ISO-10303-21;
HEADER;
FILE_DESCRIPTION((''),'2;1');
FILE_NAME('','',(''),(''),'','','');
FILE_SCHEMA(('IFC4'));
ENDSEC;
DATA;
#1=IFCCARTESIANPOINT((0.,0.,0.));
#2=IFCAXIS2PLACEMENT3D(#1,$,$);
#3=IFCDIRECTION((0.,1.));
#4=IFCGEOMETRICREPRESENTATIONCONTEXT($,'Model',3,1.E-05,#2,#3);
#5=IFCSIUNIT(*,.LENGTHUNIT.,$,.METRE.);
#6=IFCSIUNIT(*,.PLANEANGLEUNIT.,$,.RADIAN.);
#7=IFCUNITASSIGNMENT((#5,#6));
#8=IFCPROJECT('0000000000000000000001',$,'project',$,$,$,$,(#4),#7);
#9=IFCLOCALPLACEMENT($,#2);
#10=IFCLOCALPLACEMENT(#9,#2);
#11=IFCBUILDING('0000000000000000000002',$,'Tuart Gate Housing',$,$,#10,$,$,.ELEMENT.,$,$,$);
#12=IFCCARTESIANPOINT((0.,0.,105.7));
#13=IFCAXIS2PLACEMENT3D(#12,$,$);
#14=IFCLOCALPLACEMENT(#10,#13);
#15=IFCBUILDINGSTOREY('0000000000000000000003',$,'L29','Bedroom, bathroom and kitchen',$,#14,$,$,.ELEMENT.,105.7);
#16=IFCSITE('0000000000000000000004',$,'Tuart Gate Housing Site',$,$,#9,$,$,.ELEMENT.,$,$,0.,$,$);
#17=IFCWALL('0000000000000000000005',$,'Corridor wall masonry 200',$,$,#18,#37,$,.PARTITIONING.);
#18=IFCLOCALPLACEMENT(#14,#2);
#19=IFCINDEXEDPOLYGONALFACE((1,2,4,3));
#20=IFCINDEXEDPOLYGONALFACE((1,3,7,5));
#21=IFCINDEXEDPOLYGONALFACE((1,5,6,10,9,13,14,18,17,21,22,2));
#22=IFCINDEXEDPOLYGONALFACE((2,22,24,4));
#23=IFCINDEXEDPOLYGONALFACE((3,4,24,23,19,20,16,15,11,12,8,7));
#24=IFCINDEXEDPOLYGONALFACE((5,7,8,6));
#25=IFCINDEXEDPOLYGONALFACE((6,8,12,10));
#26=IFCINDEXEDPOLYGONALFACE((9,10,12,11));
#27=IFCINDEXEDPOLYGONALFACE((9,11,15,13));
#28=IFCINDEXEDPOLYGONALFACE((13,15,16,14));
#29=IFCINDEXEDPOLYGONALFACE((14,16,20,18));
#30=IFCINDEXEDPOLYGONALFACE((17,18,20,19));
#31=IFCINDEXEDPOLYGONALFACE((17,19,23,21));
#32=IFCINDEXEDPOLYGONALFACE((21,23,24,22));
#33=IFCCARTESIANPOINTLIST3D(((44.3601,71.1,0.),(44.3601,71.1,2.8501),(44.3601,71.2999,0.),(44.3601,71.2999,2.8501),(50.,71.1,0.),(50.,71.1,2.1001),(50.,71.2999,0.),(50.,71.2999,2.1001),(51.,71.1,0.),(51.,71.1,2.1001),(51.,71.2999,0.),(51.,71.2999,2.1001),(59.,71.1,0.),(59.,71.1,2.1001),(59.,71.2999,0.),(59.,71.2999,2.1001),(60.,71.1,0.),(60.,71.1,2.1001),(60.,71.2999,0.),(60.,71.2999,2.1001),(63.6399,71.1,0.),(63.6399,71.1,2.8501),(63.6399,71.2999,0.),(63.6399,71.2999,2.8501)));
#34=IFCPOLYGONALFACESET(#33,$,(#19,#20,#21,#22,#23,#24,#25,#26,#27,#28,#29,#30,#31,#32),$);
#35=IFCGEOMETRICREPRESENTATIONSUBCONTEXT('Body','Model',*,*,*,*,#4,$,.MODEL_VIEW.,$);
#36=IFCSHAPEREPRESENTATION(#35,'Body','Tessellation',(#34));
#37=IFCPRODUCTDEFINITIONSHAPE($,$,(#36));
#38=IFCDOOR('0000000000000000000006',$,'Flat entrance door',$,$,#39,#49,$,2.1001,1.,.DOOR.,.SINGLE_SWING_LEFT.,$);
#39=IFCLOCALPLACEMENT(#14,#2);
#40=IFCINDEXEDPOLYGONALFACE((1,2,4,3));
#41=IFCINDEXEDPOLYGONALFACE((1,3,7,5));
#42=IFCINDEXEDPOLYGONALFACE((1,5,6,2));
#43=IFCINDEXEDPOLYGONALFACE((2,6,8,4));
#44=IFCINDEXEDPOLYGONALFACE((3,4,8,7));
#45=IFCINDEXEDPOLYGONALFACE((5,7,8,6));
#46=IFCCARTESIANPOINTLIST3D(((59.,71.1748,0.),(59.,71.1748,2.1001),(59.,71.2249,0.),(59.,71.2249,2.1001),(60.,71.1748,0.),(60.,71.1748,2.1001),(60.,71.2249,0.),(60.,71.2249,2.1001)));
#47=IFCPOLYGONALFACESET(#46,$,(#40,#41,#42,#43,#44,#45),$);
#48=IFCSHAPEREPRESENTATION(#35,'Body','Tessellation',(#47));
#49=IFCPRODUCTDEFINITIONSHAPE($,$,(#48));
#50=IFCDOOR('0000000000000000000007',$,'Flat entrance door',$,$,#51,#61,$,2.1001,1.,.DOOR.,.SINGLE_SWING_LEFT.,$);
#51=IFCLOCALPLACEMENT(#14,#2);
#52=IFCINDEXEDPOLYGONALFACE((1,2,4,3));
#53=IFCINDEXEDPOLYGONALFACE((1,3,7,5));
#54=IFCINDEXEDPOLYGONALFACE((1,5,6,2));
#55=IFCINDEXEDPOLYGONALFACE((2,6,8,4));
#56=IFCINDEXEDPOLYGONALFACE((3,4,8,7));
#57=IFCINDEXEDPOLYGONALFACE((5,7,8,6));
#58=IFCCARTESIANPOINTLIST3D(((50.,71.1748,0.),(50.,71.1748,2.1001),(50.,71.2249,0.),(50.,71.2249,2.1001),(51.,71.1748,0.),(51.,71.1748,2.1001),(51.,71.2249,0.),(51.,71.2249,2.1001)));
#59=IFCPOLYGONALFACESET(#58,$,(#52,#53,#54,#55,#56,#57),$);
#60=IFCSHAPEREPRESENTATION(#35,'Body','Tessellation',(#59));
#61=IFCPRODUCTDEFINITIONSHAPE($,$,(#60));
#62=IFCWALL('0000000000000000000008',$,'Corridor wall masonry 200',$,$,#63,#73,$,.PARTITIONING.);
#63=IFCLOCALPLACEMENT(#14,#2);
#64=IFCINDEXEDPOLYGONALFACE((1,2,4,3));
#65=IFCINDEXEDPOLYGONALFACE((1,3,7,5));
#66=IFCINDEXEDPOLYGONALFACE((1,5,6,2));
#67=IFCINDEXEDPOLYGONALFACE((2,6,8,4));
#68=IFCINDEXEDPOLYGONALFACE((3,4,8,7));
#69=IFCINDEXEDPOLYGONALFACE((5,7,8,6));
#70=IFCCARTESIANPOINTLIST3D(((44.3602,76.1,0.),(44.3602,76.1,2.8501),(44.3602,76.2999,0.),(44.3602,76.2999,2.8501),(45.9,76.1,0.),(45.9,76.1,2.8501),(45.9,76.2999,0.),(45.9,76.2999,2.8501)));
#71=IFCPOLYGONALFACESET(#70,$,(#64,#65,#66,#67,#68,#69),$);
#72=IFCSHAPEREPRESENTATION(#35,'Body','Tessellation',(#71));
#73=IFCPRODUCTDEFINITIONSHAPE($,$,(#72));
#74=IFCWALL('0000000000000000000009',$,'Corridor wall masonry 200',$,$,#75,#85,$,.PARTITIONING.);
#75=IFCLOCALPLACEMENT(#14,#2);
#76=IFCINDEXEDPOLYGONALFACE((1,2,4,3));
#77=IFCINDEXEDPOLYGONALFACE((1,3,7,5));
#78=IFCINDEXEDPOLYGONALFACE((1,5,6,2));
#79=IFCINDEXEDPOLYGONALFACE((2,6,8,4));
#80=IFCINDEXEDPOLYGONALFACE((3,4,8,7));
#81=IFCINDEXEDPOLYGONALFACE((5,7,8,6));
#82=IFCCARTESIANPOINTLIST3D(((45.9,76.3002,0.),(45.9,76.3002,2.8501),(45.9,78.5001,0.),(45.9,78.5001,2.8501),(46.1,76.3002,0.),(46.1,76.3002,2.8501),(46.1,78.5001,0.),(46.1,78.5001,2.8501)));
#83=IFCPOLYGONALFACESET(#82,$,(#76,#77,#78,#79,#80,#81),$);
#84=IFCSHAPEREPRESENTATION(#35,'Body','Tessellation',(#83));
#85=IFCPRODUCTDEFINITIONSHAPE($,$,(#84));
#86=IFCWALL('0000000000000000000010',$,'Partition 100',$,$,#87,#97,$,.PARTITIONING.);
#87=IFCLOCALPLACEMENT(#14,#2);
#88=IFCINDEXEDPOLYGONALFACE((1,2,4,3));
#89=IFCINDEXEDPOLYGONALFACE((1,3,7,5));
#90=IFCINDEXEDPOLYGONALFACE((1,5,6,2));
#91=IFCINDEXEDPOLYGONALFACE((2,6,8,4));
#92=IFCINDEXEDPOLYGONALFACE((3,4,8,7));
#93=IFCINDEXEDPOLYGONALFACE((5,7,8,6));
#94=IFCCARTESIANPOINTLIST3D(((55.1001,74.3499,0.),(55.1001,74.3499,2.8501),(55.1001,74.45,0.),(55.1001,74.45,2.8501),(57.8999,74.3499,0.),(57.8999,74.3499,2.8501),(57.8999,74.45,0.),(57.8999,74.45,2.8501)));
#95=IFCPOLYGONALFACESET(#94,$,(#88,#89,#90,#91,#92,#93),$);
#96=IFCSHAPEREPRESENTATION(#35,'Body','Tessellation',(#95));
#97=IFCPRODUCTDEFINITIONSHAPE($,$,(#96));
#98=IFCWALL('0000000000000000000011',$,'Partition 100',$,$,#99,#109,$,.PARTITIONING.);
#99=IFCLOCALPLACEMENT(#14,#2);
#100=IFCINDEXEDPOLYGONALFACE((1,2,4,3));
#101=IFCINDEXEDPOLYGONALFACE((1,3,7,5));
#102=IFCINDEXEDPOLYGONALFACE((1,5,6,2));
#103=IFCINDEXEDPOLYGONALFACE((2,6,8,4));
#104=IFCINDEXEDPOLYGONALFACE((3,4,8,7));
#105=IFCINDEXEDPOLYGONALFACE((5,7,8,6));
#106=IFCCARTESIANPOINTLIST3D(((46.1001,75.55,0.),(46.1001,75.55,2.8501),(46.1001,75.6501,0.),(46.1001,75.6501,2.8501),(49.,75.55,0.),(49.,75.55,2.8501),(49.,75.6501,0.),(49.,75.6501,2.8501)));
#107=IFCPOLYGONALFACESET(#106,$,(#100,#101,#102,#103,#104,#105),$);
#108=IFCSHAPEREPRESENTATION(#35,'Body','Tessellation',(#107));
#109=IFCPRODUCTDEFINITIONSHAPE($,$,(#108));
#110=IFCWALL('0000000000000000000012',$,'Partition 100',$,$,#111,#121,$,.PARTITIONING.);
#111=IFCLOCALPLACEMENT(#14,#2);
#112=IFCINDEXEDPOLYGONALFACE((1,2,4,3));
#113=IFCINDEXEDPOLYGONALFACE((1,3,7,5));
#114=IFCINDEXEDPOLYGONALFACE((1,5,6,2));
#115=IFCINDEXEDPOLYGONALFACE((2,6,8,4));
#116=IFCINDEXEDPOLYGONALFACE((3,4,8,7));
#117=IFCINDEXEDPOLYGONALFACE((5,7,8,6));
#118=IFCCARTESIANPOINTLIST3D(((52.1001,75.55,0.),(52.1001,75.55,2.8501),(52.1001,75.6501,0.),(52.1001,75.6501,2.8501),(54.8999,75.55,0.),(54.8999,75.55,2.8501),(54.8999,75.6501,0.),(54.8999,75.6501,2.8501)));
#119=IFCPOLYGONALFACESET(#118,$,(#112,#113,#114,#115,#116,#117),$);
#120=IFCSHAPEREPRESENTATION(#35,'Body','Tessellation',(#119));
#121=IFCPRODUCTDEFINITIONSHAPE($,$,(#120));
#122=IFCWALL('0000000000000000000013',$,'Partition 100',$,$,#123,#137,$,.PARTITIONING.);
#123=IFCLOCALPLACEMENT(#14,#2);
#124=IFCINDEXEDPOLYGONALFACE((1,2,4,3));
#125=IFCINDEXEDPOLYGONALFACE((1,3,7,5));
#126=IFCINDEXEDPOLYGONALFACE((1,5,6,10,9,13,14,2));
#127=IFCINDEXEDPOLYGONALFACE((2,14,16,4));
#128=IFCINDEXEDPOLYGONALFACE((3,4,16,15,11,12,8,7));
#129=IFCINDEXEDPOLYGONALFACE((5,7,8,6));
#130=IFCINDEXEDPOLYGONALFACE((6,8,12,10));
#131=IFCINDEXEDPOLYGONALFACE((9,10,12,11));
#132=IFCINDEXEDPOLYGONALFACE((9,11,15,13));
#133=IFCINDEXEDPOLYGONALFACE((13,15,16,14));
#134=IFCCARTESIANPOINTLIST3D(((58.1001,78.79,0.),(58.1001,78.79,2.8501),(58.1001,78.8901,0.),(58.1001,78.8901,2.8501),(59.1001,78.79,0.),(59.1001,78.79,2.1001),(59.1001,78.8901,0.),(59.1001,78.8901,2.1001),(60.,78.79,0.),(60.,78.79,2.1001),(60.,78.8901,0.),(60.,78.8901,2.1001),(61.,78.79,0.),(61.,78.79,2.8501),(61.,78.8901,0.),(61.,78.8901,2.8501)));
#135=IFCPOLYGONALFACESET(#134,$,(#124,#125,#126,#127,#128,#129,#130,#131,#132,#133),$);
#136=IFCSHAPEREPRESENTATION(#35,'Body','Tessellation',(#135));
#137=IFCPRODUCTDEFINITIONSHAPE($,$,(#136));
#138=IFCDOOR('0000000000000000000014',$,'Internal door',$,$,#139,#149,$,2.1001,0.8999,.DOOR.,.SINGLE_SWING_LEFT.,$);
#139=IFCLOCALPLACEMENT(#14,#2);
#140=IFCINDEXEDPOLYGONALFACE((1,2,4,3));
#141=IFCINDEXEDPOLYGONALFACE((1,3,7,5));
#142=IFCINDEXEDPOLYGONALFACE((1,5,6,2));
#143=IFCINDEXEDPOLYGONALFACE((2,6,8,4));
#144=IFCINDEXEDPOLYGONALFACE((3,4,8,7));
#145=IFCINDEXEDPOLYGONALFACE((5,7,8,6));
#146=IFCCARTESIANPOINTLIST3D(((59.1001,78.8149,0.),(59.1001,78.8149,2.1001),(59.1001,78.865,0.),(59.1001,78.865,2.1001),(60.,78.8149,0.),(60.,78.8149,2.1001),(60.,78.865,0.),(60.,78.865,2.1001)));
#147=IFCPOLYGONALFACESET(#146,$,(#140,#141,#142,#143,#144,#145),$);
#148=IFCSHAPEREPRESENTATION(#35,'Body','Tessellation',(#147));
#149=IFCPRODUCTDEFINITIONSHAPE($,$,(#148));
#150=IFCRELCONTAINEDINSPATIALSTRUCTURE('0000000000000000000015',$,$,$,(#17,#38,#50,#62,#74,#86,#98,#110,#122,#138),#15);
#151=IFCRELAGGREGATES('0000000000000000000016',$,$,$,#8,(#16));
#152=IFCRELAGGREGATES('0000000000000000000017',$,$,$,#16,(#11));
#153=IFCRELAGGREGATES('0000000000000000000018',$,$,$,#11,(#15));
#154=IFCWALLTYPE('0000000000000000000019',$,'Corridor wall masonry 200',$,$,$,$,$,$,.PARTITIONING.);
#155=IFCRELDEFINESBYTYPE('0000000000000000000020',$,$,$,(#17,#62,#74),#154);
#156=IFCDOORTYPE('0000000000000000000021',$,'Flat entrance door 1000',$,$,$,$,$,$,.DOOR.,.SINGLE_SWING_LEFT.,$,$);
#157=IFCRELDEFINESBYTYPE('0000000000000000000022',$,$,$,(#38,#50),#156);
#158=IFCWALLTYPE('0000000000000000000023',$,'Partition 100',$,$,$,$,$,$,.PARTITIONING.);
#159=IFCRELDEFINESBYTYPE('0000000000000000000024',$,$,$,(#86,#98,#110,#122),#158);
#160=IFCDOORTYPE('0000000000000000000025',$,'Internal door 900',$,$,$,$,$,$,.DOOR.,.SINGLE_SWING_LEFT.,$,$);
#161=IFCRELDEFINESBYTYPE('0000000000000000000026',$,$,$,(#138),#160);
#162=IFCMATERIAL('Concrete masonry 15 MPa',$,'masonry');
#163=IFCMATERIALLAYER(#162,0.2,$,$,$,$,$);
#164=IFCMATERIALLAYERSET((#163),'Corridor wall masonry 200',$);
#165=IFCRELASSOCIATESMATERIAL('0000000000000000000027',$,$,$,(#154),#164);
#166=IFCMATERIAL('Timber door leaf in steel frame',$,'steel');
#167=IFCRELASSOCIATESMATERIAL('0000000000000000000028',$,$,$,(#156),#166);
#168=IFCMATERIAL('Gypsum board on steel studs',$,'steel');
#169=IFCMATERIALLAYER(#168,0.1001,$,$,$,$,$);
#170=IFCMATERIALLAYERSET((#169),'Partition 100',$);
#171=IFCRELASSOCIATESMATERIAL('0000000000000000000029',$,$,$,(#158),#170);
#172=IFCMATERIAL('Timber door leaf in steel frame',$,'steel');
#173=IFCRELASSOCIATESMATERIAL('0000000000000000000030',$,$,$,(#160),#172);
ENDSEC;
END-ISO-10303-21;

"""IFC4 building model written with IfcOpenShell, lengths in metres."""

from ifc_helpers import new_model, si_unit, direction, frame, frame_2d, origin, place, context, subcontext, project, spatial, rectangle, extrude, material, layer, layer_set, type_object, element, fill, save


model = new_model("IFC4")

# Units and contexts
model_context = context("Model", 3, precision=1e-05, world=origin(), true_north=direction((0.0, 1.0)))
body_context = subcontext(model_context, "Body", "Model", "MODEL_VIEW")
ifc_project = project(units=[si_unit("LENGTHUNIT", "METRE"), si_unit("PLANEANGLEUNIT", "RADIAN")], contexts=[model_context])

# Site, building, storey
site_placement = place(None, origin())
site = spatial("IfcSite", under=ifc_project, at=site_placement, Name="Tuart Gate Housing Site", CompositionType="ELEMENT", RefElevation=0.0)
building_placement = place(site_placement, origin())
building = spatial("IfcBuilding", under=site, at=building_placement, Name="Tuart Gate Housing", CompositionType="ELEMENT")
storey_placement = place(building_placement, frame((0.0, 0.0, 105.7)))
storey = spatial("IfcBuildingStorey", under=building, at=storey_placement, Name="L29", Description="Bedroom, bathroom and kitchen", CompositionType="ELEMENT", Elevation=105.7)

# Wall, openings, doors
ifc_material_1 = material(Name="Concrete masonry 15 MPa", Category="masonry")
ifc_layer_1 = layer(ifc_material_1, 0.2)
ifc_layer_set_1 = layer_set([ifc_layer_1], Name="Corridor wall masonry 200")
wall_type_1 = type_object("IfcWallType", Name="Corridor wall masonry 200", PredefinedType="PARTITIONING", material=ifc_layer_set_1)
wall_1_placement = place(storey_placement, frame((44.3601, 71.2, 0.0), z_axis=(0.0, 0.0, 1.0), x_axis=(1.0, 0.0, 0.0)))
wall_1 = element("IfcWall", 1, at=wall_1_placement, inside=storey, type_object=wall_type_1, Name="Corridor wall masonry 200", PredefinedType="PARTITIONING", context=body_context, shape_type="SweptSolid", body=[
    extrude(rectangle(XDim=19.2798, YDim=0.2, at=frame_2d((9.6399, 0.0))), origin(), (0.0, 0.0, 1.0), 2.8501),
])
opening_1_placement = place(wall_1_placement, frame((14.6399, 0.0, 0.0)))
opening_1 = element("IfcOpeningElement", 2, at=opening_1_placement, cuts=wall_1, PredefinedType="OPENING", context=body_context, shape_type="SweptSolid", body=[
    extrude(rectangle(XDim=1.0, YDim=2.1001, at=frame_2d((0.5, 1.05))), frame((0.0, 0.1099, 0.0), z_axis=(0.0, -1.0, 0.0), x_axis=(1.0, 0.0, 0.0)), (0.0, 0.0, 1.0), 0.22),
])
opening_2_placement = place(wall_1_placement, frame((5.6399, 0.0, 0.0)))
opening_2 = element("IfcOpeningElement", 3, at=opening_2_placement, cuts=wall_1, PredefinedType="OPENING", context=body_context, shape_type="SweptSolid", body=[
    extrude(rectangle(XDim=1.0, YDim=2.1001, at=frame_2d((0.5, 1.05))), frame((0.0, 0.1099, 0.0), z_axis=(0.0, -1.0, 0.0), x_axis=(1.0, 0.0, 0.0)), (0.0, 0.0, 1.0), 0.22),
])
ifc_material_2 = material(Name="Timber door leaf in steel frame", Category="steel")
door_type_1 = type_object("IfcDoorType", Name="Flat entrance door 1000", OperationType="SINGLE_SWING_LEFT", PredefinedType="DOOR", material=ifc_material_2)
door_1_placement = place(opening_1_placement, origin())
door_1 = element("IfcDoor", 4, at=door_1_placement, inside=storey, type_object=door_type_1, Name="Flat entrance door", OperationType="SINGLE_SWING_LEFT", OverallHeight=2.1001, OverallWidth=1.0, PredefinedType="DOOR", context=body_context, shape_type="SweptSolid", body=[
    extrude(rectangle(XDim=1.0, YDim=2.1001, at=frame_2d((0.5, 1.05))), frame((0.0, 0.0249, 0.0), z_axis=(0.0, -1.0, 0.0), x_axis=(1.0, 0.0, 0.0)), (0.0, 0.0, 1.0), 0.05),
])
fill(opening_1, door_1)
door_2_placement = place(opening_2_placement, origin())
door_2 = element("IfcDoor", 5, at=door_2_placement, inside=storey, type_object=door_type_1, Name="Flat entrance door", OperationType="SINGLE_SWING_LEFT", OverallHeight=2.1001, OverallWidth=1.0, PredefinedType="DOOR", context=body_context, shape_type="SweptSolid", body=[
    extrude(rectangle(XDim=1.0, YDim=2.1001, at=frame_2d((0.5, 1.05))), frame((0.0, 0.0249, 0.0), z_axis=(0.0, -1.0, 0.0), x_axis=(1.0, 0.0, 0.0)), (0.0, 0.0, 1.0), 0.05),
])
fill(opening_2, door_2)

# Walls
wall_2_placement = place(storey_placement, frame((44.3601, 76.2, 0.0), z_axis=(0.0, 0.0, 1.0), x_axis=(1.0, 0.0, 0.0)))
element("IfcWall", 6, at=wall_2_placement, inside=storey, type_object=wall_type_1, Name="Corridor wall masonry 200", PredefinedType="PARTITIONING", context=body_context, shape_type="SweptSolid", body=[
    extrude(rectangle(XDim=1.5398, YDim=0.2, at=frame_2d((0.77, 0.0))), origin(), (0.0, 0.0, 1.0), 2.8501),
])
wall_3_placement = place(storey_placement, frame((46.0, 76.3, 0.0), z_axis=(0.0, 0.0, 1.0), x_axis=(0.0, 1.0, 0.0)))
element("IfcWall", 7, at=wall_3_placement, inside=storey, type_object=wall_type_1, Name="Corridor wall masonry 200", PredefinedType="PARTITIONING", context=body_context, shape_type="SweptSolid", body=[
    extrude(rectangle(XDim=2.2, YDim=0.2, at=frame_2d((1.1001, 0.0))), origin(), (0.0, 0.0, 1.0), 2.8501),
])
ifc_material_3 = material(Name="Gypsum board on steel studs", Category="steel")
ifc_layer_2 = layer(ifc_material_3, 0.1001)
ifc_layer_set_2 = layer_set([ifc_layer_2], Name="Partition 100")
wall_type_2 = type_object("IfcWallType", Name="Partition 100", PredefinedType="PARTITIONING", material=ifc_layer_set_2)
wall_4_placement = place(storey_placement, frame((55.1001, 74.3999, 0.0), z_axis=(0.0, 0.0, 1.0), x_axis=(1.0, 0.0, 0.0)))
element("IfcWall", 8, at=wall_4_placement, inside=storey, type_object=wall_type_2, Name="Partition 100", PredefinedType="PARTITIONING", context=body_context, shape_type="SweptSolid", body=[
    extrude(rectangle(XDim=2.7998, YDim=0.1001, at=frame_2d((1.3999, 0.0))), origin(), (0.0, 0.0, 1.0), 2.8501),
])
wall_5_placement = place(storey_placement, frame((46.1001, 75.6001, 0.0), z_axis=(0.0, 0.0, 1.0), x_axis=(1.0, 0.0, 0.0)))
element("IfcWall", 9, at=wall_5_placement, inside=storey, type_object=wall_type_2, Name="Partition 100", PredefinedType="PARTITIONING", context=body_context, shape_type="SweptSolid", body=[
    extrude(rectangle(XDim=2.8999, YDim=0.1001, at=frame_2d((1.45, 0.0))), origin(), (0.0, 0.0, 1.0), 2.8501),
])
wall_6_placement = place(storey_placement, frame((52.1001, 75.6001, 0.0), z_axis=(0.0, 0.0, 1.0), x_axis=(1.0, 0.0, 0.0)))
element("IfcWall", 10, at=wall_6_placement, inside=storey, type_object=wall_type_2, Name="Partition 100", PredefinedType="PARTITIONING", context=body_context, shape_type="SweptSolid", body=[
    extrude(rectangle(XDim=2.7998, YDim=0.1001, at=frame_2d((1.3999, 0.0))), origin(), (0.0, 0.0, 1.0), 2.8501),
])

# Wall, opening, door
wall_7_placement = place(storey_placement, frame((58.1001, 78.8401, 0.0), z_axis=(0.0, 0.0, 1.0), x_axis=(1.0, 0.0, 0.0)))
wall_7 = element("IfcWall", 11, at=wall_7_placement, inside=storey, type_object=wall_type_2, Name="Partition 100", PredefinedType="PARTITIONING", context=body_context, shape_type="SweptSolid", body=[
    extrude(rectangle(XDim=2.8999, YDim=0.1001, at=frame_2d((1.45, 0.0))), origin(), (0.0, 0.0, 1.0), 2.8501),
])
opening_3_placement = place(wall_7_placement, frame((1.0, 0.0, 0.0)))
opening_3 = element("IfcOpeningElement", 12, at=opening_3_placement, cuts=wall_7, PredefinedType="OPENING", context=body_context, shape_type="SweptSolid", body=[
    extrude(rectangle(XDim=0.8999, YDim=2.1001, at=frame_2d((0.45, 1.05))), frame((0.0, 0.0601, 0.0), z_axis=(0.0, -1.0, 0.0), x_axis=(1.0, 0.0, 0.0)), (0.0, 0.0, 1.0), 0.1201),
])
ifc_material_4 = material(Name="Timber door leaf in steel frame", Category="steel")
door_type_2 = type_object("IfcDoorType", Name="Internal door 900", OperationType="SINGLE_SWING_LEFT", PredefinedType="DOOR", material=ifc_material_4)
door_3_placement = place(opening_3_placement, frame((0.8999, 0.0, 0.0), z_axis=(0.0, 0.0, 1.0), x_axis=(-1.0, 0.0, 0.0)))
door_3 = element("IfcDoor", 13, at=door_3_placement, inside=storey, type_object=door_type_2, Name="Internal door", OperationType="SINGLE_SWING_LEFT", OverallHeight=2.1001, OverallWidth=0.8999, PredefinedType="DOOR", context=body_context, shape_type="SweptSolid", body=[
    extrude(rectangle(XDim=0.8999, YDim=2.1001, at=frame_2d((0.45, 1.05))), frame((0.0, 0.0251, 0.0), z_axis=(0.0, -1.0, 0.0), x_axis=(1.0, 0.0, 0.0)), (0.0, 0.0, 1.0), 0.05),
])
fill(opening_3, door_3)

save(model, "model.ifc")
